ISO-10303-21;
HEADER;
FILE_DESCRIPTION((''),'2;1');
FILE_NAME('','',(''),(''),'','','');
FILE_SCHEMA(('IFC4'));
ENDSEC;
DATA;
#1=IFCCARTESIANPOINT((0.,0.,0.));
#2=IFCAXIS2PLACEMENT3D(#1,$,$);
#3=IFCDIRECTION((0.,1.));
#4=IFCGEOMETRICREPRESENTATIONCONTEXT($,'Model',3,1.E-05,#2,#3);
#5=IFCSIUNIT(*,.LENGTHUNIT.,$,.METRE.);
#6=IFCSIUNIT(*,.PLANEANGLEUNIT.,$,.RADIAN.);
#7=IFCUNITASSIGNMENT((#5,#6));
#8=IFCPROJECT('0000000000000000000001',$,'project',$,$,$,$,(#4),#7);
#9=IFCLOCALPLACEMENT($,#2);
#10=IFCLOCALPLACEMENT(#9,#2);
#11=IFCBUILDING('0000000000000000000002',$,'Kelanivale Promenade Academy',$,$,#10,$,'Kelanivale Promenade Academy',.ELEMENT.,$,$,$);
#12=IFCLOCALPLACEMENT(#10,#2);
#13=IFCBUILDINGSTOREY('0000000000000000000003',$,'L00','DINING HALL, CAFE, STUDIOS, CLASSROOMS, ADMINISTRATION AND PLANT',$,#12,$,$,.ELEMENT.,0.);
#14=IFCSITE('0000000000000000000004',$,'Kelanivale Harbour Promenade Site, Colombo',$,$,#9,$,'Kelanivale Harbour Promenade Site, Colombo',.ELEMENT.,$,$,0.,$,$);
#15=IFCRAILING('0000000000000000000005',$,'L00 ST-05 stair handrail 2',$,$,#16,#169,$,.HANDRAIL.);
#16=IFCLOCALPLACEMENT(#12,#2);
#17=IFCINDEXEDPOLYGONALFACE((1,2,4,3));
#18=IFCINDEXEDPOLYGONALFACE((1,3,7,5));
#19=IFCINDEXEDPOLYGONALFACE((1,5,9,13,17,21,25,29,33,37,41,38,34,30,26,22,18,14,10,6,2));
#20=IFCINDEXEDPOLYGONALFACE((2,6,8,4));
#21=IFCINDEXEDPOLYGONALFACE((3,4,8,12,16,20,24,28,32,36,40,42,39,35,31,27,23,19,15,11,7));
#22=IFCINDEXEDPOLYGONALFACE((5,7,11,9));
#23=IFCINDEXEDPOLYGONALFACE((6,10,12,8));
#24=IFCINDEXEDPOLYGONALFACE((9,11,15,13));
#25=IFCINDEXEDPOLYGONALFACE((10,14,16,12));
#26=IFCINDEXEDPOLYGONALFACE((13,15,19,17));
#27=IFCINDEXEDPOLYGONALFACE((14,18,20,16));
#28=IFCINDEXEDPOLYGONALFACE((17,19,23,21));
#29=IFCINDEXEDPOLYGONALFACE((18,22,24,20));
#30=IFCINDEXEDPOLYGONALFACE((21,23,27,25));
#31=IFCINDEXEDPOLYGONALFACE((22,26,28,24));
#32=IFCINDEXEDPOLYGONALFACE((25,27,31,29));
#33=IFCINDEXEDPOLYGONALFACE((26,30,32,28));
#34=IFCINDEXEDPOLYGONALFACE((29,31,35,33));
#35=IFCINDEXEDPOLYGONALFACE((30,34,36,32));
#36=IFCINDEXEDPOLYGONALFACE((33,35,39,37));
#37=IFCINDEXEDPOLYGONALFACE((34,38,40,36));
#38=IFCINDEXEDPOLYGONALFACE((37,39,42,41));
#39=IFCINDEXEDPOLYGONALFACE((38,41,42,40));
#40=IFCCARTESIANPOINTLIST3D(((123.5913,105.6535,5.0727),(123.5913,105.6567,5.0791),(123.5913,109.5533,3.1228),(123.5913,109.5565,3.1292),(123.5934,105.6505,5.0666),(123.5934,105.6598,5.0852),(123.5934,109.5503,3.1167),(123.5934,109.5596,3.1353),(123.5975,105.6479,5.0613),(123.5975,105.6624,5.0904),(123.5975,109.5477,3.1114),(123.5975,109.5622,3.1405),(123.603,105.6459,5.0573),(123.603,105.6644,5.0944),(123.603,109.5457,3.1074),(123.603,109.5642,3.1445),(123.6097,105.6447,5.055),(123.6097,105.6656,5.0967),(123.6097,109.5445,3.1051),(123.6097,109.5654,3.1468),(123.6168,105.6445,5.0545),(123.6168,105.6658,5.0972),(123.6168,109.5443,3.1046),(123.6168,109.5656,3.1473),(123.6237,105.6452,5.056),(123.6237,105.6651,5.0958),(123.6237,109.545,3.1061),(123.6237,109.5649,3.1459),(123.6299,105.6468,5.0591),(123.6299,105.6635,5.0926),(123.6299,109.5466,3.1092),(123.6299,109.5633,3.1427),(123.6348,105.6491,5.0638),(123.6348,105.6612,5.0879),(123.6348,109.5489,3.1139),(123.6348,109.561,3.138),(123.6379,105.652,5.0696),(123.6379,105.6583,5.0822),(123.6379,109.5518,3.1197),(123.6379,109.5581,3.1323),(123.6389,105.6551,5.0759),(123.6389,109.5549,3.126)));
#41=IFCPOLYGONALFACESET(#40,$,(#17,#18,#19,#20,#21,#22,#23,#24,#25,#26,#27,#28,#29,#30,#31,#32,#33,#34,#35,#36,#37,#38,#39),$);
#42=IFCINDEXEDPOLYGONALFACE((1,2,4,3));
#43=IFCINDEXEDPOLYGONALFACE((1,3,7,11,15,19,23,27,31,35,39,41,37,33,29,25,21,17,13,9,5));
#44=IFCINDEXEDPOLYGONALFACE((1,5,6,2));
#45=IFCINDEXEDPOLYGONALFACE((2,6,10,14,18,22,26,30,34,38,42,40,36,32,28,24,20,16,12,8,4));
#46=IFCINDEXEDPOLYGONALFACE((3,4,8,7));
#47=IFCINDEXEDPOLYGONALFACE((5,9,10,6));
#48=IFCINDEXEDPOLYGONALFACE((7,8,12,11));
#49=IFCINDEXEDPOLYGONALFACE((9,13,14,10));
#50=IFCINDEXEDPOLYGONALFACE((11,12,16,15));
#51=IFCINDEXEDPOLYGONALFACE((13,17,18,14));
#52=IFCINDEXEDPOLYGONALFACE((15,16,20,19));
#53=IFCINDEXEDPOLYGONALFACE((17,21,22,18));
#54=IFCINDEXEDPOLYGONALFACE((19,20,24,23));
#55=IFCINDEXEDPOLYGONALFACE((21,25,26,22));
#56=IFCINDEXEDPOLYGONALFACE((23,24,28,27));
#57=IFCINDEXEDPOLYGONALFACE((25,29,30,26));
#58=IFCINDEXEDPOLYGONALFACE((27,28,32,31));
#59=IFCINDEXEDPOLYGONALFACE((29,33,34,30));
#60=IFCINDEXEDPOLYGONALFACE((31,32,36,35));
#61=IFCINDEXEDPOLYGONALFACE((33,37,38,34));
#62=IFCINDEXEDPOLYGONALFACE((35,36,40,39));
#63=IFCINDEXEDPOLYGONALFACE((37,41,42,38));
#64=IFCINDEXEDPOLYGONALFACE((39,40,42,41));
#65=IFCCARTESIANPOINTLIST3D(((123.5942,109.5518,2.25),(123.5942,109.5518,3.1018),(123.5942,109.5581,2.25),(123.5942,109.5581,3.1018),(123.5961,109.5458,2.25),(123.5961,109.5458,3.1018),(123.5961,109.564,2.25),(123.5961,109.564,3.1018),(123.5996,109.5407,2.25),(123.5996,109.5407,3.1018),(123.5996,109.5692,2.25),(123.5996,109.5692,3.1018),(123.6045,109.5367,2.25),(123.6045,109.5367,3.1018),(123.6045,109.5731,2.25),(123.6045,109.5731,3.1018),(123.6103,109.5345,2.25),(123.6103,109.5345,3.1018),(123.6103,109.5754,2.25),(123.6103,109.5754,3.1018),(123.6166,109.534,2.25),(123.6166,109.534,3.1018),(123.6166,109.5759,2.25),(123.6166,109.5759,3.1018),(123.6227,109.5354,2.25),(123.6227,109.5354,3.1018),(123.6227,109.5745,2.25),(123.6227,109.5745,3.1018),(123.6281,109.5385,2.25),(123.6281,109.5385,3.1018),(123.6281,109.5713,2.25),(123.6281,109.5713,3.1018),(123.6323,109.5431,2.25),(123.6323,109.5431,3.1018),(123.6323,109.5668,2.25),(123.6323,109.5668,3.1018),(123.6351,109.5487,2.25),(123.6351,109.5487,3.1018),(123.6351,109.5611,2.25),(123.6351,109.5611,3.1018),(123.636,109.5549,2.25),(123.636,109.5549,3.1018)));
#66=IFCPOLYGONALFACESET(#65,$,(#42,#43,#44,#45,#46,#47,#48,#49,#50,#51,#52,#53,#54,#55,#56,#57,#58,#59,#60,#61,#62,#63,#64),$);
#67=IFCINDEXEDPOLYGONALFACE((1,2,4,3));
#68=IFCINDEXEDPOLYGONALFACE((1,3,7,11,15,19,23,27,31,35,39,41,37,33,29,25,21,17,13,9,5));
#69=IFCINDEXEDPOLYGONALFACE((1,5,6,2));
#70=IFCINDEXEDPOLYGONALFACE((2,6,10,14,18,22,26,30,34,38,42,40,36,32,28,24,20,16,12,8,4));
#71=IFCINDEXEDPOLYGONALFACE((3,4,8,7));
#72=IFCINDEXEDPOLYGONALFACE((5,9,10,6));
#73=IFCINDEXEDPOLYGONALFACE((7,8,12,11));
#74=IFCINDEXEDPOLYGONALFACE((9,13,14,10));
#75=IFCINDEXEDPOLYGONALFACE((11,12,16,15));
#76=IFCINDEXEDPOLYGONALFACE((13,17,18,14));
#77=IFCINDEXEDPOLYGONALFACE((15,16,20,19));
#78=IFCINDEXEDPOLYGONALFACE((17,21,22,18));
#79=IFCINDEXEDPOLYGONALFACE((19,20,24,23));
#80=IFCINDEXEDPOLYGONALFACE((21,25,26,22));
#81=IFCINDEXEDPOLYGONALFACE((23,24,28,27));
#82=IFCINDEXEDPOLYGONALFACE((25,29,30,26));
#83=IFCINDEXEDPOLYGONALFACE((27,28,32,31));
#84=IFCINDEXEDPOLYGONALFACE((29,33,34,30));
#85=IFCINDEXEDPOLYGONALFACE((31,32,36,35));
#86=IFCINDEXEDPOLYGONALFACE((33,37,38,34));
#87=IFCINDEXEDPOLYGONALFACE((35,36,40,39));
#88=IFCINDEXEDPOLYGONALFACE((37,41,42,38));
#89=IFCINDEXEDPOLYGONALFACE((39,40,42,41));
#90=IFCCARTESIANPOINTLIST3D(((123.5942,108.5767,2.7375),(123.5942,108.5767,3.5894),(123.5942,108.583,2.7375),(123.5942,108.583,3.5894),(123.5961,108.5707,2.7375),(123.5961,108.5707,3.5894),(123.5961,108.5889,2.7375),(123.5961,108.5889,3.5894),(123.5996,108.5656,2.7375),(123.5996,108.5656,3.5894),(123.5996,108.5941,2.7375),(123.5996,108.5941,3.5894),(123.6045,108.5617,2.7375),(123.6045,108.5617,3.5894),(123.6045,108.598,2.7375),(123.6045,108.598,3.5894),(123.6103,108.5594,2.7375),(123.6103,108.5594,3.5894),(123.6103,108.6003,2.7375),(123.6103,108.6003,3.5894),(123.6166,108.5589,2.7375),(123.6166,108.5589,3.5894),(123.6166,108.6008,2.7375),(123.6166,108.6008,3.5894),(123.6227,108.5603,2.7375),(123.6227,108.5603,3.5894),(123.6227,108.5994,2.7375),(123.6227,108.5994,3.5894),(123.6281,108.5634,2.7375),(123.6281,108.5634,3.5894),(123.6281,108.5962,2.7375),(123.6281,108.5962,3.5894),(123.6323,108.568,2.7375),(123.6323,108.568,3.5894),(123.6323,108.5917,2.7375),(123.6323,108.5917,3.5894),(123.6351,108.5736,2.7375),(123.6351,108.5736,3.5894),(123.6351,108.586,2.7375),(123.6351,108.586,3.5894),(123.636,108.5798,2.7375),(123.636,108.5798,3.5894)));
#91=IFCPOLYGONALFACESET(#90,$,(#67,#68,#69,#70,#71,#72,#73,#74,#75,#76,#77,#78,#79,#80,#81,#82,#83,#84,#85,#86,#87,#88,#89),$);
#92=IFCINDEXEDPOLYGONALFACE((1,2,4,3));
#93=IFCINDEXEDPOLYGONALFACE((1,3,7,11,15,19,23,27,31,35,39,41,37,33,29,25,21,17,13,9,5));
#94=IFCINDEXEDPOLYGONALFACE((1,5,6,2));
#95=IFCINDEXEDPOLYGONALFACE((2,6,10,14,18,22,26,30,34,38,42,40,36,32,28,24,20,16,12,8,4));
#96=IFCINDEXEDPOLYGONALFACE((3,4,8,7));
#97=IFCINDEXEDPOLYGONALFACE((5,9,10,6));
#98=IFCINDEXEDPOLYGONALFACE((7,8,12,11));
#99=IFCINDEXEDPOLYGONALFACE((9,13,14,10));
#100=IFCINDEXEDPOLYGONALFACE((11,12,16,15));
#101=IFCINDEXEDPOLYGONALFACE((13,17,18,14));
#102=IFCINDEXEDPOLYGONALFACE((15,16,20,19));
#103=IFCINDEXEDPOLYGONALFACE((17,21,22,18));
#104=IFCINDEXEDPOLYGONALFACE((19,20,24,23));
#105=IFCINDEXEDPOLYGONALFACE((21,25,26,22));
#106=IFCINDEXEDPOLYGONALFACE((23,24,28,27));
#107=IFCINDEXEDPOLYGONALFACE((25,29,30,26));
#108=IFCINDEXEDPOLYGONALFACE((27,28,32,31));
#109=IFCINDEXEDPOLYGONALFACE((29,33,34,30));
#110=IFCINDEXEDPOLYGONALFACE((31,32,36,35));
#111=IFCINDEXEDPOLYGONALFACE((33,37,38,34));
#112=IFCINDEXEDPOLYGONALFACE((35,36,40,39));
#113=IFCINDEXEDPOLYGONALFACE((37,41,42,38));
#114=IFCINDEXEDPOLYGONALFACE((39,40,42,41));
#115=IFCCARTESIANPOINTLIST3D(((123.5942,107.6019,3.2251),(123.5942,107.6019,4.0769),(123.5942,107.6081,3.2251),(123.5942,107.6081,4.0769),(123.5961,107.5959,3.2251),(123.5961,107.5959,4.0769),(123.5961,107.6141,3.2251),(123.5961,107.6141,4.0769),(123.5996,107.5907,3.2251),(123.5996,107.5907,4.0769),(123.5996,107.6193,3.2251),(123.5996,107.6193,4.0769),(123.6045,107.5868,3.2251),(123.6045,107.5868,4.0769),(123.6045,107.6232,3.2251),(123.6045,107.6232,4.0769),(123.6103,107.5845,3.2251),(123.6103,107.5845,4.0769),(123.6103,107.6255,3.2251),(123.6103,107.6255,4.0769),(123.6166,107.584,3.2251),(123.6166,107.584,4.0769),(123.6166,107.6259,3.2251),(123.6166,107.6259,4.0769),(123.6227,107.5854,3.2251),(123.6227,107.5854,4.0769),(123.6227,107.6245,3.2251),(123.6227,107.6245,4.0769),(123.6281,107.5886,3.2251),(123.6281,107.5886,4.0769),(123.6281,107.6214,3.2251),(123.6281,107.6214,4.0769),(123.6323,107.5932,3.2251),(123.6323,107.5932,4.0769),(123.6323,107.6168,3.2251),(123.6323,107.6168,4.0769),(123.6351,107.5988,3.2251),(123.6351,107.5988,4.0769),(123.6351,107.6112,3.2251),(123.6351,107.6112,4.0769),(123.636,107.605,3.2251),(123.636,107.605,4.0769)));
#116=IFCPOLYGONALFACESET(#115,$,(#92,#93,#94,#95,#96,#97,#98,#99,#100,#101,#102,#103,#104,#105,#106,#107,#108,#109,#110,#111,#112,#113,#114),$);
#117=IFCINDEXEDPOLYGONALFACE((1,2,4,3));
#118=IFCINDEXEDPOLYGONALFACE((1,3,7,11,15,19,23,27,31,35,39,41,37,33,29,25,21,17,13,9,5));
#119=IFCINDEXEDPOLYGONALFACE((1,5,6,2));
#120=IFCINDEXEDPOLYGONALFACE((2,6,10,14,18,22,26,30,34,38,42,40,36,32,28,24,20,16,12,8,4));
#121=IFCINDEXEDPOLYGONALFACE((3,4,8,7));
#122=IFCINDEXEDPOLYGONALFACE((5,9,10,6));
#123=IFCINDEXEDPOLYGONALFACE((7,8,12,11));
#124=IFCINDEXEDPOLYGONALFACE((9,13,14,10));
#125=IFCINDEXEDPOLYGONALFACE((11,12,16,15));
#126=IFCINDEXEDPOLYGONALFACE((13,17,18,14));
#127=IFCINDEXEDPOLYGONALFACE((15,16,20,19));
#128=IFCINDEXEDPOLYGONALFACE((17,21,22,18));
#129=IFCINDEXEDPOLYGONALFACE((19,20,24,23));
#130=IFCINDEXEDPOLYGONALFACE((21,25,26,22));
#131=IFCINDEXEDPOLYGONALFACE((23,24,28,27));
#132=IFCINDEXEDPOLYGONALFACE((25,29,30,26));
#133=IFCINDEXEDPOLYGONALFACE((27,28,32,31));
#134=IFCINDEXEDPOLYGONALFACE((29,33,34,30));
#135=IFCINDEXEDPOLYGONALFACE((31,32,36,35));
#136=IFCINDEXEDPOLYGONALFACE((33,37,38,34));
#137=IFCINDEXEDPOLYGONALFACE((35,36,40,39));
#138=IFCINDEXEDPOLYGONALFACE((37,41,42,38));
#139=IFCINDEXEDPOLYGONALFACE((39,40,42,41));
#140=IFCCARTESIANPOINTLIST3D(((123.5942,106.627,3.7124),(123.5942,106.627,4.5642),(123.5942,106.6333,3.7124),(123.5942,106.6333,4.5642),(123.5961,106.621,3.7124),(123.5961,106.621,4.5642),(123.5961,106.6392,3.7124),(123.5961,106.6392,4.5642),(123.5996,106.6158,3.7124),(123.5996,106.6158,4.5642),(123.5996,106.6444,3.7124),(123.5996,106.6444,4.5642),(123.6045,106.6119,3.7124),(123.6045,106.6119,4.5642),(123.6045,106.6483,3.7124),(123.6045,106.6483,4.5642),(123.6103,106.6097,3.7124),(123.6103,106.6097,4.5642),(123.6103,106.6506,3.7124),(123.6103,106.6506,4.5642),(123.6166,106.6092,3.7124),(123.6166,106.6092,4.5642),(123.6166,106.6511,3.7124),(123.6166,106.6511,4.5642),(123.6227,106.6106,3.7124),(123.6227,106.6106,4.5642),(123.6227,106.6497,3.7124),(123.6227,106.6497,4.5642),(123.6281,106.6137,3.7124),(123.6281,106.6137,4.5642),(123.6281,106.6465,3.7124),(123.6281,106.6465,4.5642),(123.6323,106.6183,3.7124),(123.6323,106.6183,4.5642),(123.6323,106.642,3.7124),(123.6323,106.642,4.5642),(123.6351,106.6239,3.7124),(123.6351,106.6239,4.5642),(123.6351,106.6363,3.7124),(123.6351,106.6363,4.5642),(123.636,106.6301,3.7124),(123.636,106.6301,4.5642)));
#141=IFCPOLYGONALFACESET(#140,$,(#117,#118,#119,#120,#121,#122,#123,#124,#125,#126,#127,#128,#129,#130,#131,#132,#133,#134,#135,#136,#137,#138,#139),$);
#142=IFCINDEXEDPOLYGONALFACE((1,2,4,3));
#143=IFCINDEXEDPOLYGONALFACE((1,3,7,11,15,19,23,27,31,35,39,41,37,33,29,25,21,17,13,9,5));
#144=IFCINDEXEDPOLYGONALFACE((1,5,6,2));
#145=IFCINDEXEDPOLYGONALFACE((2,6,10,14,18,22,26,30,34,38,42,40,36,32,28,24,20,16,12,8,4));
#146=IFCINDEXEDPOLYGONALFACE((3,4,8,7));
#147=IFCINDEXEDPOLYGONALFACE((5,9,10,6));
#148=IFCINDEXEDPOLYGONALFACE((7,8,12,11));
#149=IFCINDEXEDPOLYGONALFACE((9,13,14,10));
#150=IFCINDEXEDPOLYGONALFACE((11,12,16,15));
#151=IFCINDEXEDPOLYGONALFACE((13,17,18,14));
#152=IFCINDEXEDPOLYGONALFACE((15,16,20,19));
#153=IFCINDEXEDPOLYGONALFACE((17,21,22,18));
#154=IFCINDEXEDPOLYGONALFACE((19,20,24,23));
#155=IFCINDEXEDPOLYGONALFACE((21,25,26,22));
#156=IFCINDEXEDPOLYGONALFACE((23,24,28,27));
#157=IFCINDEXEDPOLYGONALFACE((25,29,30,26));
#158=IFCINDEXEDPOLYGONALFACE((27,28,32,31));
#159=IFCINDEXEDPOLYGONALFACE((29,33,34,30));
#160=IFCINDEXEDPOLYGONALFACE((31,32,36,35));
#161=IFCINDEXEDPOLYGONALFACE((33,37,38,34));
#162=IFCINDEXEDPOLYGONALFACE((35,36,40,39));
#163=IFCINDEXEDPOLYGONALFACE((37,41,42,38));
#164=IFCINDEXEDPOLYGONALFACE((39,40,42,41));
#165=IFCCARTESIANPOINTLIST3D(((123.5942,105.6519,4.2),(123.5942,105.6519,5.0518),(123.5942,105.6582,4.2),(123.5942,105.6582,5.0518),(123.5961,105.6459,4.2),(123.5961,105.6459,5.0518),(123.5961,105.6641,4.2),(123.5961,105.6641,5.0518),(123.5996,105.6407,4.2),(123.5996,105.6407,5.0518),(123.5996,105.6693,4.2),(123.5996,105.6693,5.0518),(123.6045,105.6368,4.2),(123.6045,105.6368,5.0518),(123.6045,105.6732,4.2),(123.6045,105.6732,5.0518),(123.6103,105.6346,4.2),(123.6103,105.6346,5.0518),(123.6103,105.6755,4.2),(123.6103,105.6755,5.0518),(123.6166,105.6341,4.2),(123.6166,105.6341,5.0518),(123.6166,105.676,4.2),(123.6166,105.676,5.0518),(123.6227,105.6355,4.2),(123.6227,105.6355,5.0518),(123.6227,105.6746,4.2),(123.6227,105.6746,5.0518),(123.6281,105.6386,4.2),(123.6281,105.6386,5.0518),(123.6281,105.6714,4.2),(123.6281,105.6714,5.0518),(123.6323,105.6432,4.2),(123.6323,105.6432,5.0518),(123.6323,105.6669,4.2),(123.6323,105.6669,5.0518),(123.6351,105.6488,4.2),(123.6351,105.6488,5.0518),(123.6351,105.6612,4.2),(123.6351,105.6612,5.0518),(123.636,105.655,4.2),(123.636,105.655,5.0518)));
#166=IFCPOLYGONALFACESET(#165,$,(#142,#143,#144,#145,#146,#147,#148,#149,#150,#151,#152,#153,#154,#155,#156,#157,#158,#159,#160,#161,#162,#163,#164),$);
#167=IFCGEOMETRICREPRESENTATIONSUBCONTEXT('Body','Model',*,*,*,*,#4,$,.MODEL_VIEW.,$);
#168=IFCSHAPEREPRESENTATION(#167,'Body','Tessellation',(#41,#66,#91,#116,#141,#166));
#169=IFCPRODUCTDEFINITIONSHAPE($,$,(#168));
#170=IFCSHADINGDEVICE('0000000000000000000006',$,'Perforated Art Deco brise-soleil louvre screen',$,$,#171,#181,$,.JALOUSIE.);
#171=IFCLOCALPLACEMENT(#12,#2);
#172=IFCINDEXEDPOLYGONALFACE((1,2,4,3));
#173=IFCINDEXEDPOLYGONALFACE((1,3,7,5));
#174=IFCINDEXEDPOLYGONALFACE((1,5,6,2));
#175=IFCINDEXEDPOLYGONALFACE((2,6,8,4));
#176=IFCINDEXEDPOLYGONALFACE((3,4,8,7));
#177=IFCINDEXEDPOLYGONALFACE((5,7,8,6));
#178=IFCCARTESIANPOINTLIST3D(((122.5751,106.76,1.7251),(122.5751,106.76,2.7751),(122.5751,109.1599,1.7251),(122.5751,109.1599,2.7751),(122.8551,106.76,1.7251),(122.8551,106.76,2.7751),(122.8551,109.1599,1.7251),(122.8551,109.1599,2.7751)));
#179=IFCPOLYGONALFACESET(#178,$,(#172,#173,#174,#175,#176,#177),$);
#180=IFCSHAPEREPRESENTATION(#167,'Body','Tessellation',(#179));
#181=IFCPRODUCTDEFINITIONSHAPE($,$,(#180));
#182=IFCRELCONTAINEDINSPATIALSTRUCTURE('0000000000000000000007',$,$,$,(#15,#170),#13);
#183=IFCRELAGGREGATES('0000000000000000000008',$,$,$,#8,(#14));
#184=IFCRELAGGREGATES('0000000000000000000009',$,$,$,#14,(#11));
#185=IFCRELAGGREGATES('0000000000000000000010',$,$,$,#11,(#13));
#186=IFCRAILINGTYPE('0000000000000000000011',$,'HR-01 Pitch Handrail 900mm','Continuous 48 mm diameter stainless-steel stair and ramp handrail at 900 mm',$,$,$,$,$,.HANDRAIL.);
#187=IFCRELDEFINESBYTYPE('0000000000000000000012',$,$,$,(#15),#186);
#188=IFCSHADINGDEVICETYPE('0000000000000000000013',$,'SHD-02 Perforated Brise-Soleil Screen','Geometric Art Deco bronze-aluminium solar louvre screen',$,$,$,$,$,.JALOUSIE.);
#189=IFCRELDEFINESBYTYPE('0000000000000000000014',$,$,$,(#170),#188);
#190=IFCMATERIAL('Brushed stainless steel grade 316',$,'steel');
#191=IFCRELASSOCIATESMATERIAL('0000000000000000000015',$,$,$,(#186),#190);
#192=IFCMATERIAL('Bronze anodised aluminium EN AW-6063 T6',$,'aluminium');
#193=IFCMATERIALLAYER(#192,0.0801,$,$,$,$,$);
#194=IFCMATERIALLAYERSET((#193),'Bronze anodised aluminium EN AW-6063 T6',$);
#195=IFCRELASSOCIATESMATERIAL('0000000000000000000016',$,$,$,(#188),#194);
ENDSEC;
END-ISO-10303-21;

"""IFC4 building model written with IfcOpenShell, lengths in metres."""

from ifc_helpers import new_model, si_unit, direction, frame, origin, origin_2d, place, context, subcontext, project, spatial, rectangle, circle, extrude, material, layer, layer_set, type_object, element, save


model = new_model("IFC4")

# Units and contexts
model_context = context("Model", 3, precision=1e-05, world=origin(), true_north=direction((0.0, 1.0)))
body_context = subcontext(model_context, "Body", "Model", "MODEL_VIEW")
ifc_project = project(units=[si_unit("LENGTHUNIT", "METRE"), si_unit("PLANEANGLEUNIT", "RADIAN")], contexts=[model_context])

# Site, building, storey
site_placement = place(None, origin())
site = spatial("IfcSite", under=ifc_project, at=site_placement, Name="Kelanivale Harbour Promenade Site, Colombo", LongName="Kelanivale Harbour Promenade Site, Colombo", CompositionType="ELEMENT", RefElevation=0.0)
building_placement = place(site_placement, origin())
building = spatial("IfcBuilding", under=site, at=building_placement, Name="Kelanivale Promenade Academy", LongName="Kelanivale Promenade Academy", CompositionType="ELEMENT")
storey_placement = place(building_placement, origin())
storey = spatial("IfcBuildingStorey", under=building, at=storey_placement, Name="L00", Description="DINING HALL, CAFE, STUDIOS, CLASSROOMS, ADMINISTRATION AND PLANT", CompositionType="ELEMENT", Elevation=0.0)

# Railing
ifc_material_1 = material(Name="Brushed stainless steel grade 316", Category="steel")
railing_type_1 = type_object("IfcRailingType", Name="HR-01 Pitch Handrail 900mm", Description="Continuous 48 mm diameter stainless-steel stair and ramp handrail at 900 mm", PredefinedType="HANDRAIL", material=ifc_material_1)
railing_1_placement = place(storey_placement, frame((123.615, 109.5549, 2.25)))
element("IfcRailing", 1, at=railing_1_placement, inside=storey, type_object=railing_type_1, Name="L00 ST-05 stair handrail 2", PredefinedType="HANDRAIL", context=body_context, shape_type="SweptSolid", body=[
    extrude(circle(Radius=0.0239, at=origin_2d()), frame((0.0, 0.0, 0.876), z_axis=(0.0, -0.894427, 0.447214), x_axis=(1.0, 0.0, 0.0)), (0.0, 0.0, 1.0), 4.3601),
    extrude(circle(Radius=0.021, at=origin_2d()), origin(), (0.0, 0.0, 1.0), 0.8518),
    extrude(circle(Radius=0.021, at=origin_2d()), frame((0.0, -0.9751, 0.4875)), (0.0, 0.0, 1.0), 0.8518),
    extrude(circle(Radius=0.021, at=origin_2d()), frame((0.0, -1.95, 0.9751)), (0.0, 0.0, 1.0), 0.8518),
    extrude(circle(Radius=0.021, at=origin_2d()), frame((0.0, -2.9248, 1.4624)), (0.0, 0.0, 1.0), 0.8518),
    extrude(circle(Radius=0.021, at=origin_2d()), frame((0.0, -3.8999, 1.95)), (0.0, 0.0, 1.0), 0.8518),
])

# Shading device
ifc_material_2 = material(Name="Bronze anodised aluminium EN AW-6063 T6", Category="aluminium")
ifc_layer_1 = layer(ifc_material_2, 0.0801)
ifc_layer_set_1 = layer_set([ifc_layer_1], Name="Bronze anodised aluminium EN AW-6063 T6")
shading_device_type = type_object("IfcShadingDeviceType", Name="SHD-02 Perforated Brise-Soleil Screen", Description="Geometric Art Deco bronze-aluminium solar louvre screen", PredefinedType="JALOUSIE", material=ifc_layer_set_1)
shading_device_placement = place(storey_placement, frame((122.7151, 107.96, 1.7251), z_axis=(0.0, 0.0, 1.0), x_axis=(0.0, -1.0, 0.0)))
element("IfcShadingDevice", 2, at=shading_device_placement, inside=storey, type_object=shading_device_type, Name="Perforated Art Deco brise-soleil louvre screen", PredefinedType="JALOUSIE", context=body_context, shape_type="SweptSolid", body=[
    extrude(rectangle(XDim=2.3999, YDim=0.28, at=origin_2d()), origin(), (0.0, 0.0, 1.0), 1.05),
])

save(model, "model.ifc")
